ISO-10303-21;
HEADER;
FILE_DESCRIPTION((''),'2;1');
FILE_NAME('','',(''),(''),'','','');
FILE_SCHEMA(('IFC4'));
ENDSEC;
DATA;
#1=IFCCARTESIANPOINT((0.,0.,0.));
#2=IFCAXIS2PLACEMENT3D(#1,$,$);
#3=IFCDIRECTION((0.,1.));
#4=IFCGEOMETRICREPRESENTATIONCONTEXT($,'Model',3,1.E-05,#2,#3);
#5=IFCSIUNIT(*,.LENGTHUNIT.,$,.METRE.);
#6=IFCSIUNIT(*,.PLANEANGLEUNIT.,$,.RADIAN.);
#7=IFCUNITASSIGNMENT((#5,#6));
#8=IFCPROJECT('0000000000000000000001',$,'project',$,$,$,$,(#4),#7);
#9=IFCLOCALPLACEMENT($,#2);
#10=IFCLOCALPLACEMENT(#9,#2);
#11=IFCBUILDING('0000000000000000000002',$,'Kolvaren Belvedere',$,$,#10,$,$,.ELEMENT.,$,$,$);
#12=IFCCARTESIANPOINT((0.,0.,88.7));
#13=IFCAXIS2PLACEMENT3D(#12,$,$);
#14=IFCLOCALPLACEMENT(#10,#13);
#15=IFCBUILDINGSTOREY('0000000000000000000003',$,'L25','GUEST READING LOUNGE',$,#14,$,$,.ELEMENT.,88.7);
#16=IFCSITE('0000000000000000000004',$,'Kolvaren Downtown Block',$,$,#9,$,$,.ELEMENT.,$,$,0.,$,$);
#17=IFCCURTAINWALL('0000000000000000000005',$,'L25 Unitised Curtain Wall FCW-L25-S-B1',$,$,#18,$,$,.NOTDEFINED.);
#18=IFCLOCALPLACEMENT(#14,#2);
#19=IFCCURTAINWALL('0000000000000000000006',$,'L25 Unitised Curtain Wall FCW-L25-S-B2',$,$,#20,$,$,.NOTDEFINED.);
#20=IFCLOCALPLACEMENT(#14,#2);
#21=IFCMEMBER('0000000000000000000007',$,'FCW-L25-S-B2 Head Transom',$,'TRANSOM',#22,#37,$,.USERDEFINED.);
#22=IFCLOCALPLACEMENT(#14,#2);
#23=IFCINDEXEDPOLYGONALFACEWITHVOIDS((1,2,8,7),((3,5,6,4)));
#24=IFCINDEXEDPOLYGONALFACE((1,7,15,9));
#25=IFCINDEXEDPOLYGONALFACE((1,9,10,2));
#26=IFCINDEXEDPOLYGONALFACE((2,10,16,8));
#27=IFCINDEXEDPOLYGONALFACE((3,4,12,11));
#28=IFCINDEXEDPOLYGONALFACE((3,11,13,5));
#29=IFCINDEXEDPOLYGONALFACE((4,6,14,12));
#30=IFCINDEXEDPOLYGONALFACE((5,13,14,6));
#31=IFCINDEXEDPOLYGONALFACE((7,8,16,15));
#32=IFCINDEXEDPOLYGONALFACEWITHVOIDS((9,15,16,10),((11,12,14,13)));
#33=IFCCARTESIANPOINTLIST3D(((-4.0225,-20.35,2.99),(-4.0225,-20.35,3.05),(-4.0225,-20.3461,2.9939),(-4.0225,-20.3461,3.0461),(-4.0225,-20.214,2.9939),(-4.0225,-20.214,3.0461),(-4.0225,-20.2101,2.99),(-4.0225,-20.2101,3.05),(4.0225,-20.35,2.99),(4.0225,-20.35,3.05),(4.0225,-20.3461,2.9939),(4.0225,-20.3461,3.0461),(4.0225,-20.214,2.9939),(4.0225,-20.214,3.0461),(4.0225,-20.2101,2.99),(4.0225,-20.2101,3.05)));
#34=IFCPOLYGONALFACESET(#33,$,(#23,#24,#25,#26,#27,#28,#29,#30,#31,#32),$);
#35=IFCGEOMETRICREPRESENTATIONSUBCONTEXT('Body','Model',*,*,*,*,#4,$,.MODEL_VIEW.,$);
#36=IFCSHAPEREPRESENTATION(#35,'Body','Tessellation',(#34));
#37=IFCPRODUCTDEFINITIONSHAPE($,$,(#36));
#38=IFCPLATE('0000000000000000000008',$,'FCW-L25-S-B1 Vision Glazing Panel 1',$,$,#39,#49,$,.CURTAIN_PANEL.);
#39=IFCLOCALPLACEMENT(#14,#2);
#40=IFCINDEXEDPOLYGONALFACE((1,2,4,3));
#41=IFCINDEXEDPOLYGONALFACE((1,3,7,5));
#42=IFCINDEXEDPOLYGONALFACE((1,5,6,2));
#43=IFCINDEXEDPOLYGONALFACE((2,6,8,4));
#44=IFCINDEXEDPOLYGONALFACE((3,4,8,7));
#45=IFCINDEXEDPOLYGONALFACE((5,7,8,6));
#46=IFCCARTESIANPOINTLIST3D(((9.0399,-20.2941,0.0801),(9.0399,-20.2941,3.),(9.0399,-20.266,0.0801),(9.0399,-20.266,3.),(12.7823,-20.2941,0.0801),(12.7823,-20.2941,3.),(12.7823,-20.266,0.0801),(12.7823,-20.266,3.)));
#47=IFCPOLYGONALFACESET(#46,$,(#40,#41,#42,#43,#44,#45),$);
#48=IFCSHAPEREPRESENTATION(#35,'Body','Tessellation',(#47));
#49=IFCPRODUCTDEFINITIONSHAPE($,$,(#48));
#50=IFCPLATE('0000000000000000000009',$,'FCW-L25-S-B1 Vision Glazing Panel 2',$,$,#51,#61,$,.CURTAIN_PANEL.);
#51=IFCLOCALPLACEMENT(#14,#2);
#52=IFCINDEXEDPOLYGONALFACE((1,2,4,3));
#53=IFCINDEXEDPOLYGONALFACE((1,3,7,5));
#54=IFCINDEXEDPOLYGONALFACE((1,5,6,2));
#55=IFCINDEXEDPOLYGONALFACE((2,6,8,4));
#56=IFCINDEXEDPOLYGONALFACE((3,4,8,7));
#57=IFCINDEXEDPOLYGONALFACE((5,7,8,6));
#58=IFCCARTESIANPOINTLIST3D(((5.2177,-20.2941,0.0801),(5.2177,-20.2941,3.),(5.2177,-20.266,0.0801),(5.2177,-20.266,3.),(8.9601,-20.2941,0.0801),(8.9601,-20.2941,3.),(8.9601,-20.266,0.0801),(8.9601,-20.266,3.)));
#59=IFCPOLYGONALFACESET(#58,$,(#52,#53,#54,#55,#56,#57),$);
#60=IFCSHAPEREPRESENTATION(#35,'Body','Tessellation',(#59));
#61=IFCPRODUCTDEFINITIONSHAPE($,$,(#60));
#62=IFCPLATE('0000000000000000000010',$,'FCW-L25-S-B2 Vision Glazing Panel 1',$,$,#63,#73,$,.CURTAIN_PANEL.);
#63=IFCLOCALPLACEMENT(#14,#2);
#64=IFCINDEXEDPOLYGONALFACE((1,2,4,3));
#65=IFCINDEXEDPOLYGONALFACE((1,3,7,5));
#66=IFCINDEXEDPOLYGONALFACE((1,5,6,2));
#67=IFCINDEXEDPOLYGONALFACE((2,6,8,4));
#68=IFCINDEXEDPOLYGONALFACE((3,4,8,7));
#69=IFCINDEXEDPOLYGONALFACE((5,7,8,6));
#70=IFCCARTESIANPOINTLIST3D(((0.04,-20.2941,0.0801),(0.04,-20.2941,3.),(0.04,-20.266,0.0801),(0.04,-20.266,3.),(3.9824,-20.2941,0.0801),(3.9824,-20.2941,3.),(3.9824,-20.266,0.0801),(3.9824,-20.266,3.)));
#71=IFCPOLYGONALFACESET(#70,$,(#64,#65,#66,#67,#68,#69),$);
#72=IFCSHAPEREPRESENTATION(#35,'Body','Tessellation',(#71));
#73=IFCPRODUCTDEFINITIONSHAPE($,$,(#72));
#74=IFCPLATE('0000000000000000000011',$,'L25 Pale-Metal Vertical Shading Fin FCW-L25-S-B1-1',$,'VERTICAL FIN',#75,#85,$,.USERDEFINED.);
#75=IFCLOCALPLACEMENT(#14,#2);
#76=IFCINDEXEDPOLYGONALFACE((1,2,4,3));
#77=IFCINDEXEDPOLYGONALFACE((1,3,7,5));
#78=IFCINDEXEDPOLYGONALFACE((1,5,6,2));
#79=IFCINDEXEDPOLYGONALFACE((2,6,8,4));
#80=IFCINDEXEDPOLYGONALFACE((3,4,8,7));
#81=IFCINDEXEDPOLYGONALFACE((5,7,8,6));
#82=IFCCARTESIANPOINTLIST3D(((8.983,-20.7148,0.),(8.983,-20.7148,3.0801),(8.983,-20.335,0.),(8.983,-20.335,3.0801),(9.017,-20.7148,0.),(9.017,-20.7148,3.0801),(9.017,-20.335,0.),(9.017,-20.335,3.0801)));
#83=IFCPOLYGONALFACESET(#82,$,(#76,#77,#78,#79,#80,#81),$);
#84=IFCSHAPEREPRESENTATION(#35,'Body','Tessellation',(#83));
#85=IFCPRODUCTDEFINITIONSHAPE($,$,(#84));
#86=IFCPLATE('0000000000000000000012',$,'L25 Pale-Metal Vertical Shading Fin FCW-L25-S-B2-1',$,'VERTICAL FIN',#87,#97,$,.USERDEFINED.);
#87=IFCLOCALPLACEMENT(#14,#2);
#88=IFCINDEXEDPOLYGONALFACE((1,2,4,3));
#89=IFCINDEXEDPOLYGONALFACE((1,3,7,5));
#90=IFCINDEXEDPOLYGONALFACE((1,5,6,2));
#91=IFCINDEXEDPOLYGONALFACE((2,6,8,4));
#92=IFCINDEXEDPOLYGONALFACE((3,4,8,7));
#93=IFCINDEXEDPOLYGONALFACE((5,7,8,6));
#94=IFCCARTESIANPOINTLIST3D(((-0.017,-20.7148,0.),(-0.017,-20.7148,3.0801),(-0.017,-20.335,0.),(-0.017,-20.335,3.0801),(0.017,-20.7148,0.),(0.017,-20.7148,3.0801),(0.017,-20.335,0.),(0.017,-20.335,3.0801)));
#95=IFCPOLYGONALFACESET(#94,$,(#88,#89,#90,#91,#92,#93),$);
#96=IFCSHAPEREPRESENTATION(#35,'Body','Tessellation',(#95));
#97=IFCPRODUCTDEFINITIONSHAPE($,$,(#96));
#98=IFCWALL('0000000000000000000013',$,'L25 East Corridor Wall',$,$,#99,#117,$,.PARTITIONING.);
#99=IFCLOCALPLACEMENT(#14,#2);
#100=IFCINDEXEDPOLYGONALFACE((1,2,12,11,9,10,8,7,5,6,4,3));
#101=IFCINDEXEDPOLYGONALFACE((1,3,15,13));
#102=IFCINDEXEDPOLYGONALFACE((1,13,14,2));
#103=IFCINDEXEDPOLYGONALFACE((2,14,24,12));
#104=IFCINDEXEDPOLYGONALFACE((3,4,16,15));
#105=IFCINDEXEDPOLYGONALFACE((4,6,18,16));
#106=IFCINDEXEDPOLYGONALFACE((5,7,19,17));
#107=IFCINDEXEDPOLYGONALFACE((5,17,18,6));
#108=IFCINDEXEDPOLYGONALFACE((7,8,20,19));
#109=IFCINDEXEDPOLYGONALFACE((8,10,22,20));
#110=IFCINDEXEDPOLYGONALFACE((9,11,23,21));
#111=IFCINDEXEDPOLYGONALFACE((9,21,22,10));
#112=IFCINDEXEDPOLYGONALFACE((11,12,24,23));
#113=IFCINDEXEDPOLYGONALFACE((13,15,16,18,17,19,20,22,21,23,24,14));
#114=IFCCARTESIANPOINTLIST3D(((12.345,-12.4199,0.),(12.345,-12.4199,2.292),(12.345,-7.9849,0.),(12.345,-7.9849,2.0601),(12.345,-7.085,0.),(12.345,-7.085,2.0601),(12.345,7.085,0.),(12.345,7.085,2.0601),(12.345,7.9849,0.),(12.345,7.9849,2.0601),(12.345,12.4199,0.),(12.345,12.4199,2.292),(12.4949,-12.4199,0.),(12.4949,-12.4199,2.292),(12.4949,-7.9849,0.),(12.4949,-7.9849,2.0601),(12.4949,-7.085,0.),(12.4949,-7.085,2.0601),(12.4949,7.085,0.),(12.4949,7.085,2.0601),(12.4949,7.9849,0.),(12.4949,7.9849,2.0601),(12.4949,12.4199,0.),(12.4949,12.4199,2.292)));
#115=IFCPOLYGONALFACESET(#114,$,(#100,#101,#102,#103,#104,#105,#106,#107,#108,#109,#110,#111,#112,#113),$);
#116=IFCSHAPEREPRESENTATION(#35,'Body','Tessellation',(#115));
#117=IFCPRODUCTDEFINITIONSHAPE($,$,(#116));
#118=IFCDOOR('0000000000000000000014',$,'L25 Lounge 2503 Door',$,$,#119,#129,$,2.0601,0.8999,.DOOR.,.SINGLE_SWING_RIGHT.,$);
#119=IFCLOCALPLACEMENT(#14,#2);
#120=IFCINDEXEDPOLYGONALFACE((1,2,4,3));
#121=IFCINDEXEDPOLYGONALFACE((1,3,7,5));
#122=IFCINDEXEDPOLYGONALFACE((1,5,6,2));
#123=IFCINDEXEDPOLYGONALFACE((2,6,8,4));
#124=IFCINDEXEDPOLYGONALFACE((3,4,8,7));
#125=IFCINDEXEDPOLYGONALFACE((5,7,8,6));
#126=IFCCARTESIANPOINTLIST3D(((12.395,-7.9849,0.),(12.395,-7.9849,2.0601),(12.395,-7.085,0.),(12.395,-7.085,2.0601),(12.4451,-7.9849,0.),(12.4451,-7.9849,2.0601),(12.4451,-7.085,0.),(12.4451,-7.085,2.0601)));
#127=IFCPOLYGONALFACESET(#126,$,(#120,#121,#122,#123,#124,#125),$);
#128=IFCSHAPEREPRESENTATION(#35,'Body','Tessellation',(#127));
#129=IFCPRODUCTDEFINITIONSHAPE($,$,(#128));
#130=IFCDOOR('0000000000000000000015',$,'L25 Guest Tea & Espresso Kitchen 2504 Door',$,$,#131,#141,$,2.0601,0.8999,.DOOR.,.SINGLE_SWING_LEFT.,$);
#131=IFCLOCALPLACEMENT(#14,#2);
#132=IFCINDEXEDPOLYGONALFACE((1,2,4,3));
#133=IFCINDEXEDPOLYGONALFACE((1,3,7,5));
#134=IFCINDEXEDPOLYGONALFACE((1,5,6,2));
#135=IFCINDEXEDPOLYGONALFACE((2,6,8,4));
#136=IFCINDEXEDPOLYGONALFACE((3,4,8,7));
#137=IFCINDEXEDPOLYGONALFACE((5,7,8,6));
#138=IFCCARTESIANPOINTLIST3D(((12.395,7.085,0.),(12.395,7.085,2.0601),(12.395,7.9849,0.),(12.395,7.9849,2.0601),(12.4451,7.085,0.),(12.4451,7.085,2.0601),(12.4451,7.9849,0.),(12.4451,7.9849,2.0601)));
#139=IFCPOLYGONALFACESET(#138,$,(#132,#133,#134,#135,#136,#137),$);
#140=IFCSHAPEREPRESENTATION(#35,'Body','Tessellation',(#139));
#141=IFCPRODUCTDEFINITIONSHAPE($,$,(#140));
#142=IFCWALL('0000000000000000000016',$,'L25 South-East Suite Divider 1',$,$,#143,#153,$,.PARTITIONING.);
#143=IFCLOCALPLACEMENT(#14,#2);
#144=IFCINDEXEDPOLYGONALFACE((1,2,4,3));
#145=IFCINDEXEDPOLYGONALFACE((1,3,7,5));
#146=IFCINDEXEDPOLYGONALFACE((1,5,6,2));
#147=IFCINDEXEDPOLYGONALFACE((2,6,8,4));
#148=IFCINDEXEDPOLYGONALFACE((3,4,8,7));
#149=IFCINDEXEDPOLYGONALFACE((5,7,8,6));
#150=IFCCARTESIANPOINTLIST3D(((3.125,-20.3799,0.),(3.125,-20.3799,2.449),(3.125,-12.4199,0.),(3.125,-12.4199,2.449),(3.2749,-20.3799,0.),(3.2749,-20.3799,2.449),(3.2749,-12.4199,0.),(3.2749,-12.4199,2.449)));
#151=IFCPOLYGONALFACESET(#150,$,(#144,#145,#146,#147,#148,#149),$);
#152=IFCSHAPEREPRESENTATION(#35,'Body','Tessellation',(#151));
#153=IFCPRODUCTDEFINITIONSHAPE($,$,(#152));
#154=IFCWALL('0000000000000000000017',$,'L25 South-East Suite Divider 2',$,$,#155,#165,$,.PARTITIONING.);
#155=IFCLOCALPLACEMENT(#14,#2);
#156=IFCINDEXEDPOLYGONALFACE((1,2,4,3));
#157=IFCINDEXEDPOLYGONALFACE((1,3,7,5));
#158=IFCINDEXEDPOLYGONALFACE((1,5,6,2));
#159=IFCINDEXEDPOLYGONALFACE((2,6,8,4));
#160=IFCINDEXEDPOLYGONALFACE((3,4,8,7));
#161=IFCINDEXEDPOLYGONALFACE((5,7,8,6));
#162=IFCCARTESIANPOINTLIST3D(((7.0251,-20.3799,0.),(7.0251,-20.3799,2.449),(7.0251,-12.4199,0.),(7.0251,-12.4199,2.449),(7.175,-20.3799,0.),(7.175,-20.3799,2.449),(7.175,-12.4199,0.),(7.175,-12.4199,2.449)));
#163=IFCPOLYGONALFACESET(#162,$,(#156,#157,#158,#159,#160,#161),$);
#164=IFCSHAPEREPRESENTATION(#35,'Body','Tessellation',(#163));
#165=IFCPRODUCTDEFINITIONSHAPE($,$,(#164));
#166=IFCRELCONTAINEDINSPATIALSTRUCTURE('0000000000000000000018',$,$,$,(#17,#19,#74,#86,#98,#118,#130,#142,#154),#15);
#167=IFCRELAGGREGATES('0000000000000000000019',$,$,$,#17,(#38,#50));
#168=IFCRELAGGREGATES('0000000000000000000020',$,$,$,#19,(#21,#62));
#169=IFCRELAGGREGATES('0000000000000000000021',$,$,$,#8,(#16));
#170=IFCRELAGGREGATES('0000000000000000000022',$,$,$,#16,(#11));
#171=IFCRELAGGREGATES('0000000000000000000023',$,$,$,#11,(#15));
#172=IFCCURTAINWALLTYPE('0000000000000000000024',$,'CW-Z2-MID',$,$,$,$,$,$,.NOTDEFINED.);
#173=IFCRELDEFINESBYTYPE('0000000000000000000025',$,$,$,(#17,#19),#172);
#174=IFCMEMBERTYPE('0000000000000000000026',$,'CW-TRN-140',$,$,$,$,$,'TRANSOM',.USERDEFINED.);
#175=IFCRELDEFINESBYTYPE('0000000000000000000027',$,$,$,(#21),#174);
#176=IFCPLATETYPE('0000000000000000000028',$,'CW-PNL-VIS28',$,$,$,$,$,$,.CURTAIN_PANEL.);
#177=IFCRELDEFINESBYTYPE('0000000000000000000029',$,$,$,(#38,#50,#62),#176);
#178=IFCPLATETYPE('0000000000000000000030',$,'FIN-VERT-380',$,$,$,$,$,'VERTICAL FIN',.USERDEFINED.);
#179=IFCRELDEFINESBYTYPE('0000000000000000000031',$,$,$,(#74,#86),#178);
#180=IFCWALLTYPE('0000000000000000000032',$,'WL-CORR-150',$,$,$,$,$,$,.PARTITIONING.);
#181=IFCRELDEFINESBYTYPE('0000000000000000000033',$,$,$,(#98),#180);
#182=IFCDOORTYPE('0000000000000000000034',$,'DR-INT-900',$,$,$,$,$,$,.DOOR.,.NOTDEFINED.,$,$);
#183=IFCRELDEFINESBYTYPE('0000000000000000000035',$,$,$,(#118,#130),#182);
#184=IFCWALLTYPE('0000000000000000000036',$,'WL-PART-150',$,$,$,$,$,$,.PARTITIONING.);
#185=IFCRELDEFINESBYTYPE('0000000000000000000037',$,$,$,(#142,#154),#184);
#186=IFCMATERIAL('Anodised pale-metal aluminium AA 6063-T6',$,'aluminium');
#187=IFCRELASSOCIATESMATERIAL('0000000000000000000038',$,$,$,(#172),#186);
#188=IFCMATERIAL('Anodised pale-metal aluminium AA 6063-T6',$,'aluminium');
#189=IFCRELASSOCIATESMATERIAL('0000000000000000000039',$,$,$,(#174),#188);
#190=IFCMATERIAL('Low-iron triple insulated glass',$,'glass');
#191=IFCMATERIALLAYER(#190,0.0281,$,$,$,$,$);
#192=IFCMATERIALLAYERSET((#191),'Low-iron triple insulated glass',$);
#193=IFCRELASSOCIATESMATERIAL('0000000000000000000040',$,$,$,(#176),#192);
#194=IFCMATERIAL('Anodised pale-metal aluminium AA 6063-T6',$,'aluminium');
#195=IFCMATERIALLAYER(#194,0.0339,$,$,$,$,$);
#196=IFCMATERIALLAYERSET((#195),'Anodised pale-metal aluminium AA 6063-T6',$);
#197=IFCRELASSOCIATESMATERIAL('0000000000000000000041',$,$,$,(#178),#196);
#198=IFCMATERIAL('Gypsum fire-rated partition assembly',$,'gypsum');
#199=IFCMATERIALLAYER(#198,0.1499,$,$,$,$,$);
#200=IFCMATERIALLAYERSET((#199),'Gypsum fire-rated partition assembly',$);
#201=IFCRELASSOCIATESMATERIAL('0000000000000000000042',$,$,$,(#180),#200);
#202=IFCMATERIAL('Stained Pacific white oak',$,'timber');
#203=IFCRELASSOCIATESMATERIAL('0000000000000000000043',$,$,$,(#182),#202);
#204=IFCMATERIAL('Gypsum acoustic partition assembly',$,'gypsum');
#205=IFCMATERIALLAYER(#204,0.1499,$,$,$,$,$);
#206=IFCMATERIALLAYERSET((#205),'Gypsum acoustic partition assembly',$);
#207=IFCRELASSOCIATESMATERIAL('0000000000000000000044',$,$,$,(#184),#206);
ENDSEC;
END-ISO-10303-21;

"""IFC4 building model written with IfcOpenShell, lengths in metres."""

from ifc_helpers import new_model, si_unit, direction, frame, frame_2d, origin, origin_2d, place, context, subcontext, project, spatial, rectangle, hollow_rectangle, extrude, material, layer, layer_set, material_profile, profile_set, type_object, element, fill, aggregate, save


model = new_model("IFC4")

# Units and contexts
model_context = context("Model", 3, precision=1e-05, world=origin(), true_north=direction((0.0, 1.0)))
body_context = subcontext(model_context, "Body", "Model", "MODEL_VIEW")
ifc_project = project(units=[si_unit("LENGTHUNIT", "METRE"), si_unit("PLANEANGLEUNIT", "RADIAN")], contexts=[model_context])

# Site, building, storey
site_placement = place(None, origin())
site = spatial("IfcSite", under=ifc_project, at=site_placement, Name="Kolvaren Downtown Block", CompositionType="ELEMENT", RefElevation=0.0)
building_placement = place(site_placement, origin())
building = spatial("IfcBuilding", under=site, at=building_placement, Name="Kolvaren Belvedere", CompositionType="ELEMENT")
storey_placement = place(building_placement, frame((0.0, 0.0, 88.7)))
storey = spatial("IfcBuildingStorey", under=building, at=storey_placement, Name="L25", Description="GUEST READING LOUNGE", CompositionType="ELEMENT", Elevation=88.7)

# Curtain walls, member
ifc_material_1 = material(Name="Anodised pale-metal aluminium AA 6063-T6", Category="aluminium")
curtain_wall_type = type_object("IfcCurtainWallType", Name="CW-Z2-MID", PredefinedType="NOTDEFINED", material=ifc_material_1)
curtain_wall_1_placement = place(storey_placement, origin())
curtain_wall_1 = element("IfcCurtainWall", 1, at=curtain_wall_1_placement, inside=storey, type_object=curtain_wall_type, Name="L25 Unitised Curtain Wall FCW-L25-S-B1", PredefinedType="NOTDEFINED")
curtain_wall_2_placement = place(storey_placement, origin())
curtain_wall_2 = element("IfcCurtainWall", 2, at=curtain_wall_2_placement, inside=storey, type_object=curtain_wall_type, Name="L25 Unitised Curtain Wall FCW-L25-S-B2", PredefinedType="NOTDEFINED")
ifc_material_2 = material(Name="Anodised pale-metal aluminium AA 6063-T6", Category="aluminium")
ifc_material_profile_1 = material_profile(ifc_material_2, hollow_rectangle(XDim=0.0601, YDim=0.1399, WallThickness=0.0039, at=origin_2d()), Name="ALU-TRN-140X60")
ifc_profile_set_1 = profile_set([ifc_material_profile_1], Name="Anodised pale-metal aluminium AA 6063-T6")
member_type_1 = type_object("IfcMemberType", Name="CW-TRN-140", ElementType="TRANSOM", PredefinedType="USERDEFINED", material=ifc_profile_set_1)
member_1_placement = place(storey_placement, frame((4.0225, -20.28, 3.02), z_axis=(-1.0, 0.0, 0.0), x_axis=(0.0, 0.0, 1.0)))
member_1 = element("IfcMember", 3, at=member_1_placement, type_object=member_type_1, Name="FCW-L25-S-B2 Head Transom", ObjectType="TRANSOM", PredefinedType="USERDEFINED", context=body_context, shape_type="SweptSolid", body=[
    extrude(hollow_rectangle(XDim=0.0601, YDim=0.1399, WallThickness=0.0039, at=origin_2d()), origin(), (0.0, 0.0, 1.0), 8.0449),
])

# Plates
ifc_material_3 = material(Name="Low-iron triple insulated glass", Category="glass")
ifc_layer_1 = layer(ifc_material_3, 0.0281)
ifc_layer_set_1 = layer_set([ifc_layer_1], Name="Low-iron triple insulated glass")
plate_type_1 = type_object("IfcPlateType", Name="CW-PNL-VIS28", PredefinedType="CURTAIN_PANEL", material=ifc_layer_set_1)
plate_1_placement = place(storey_placement, frame((10.9111, -20.28, 0.0801), z_axis=(0.0, 0.0, 1.0), x_axis=(-1.0, 0.0, 0.0)))
plate_1 = element("IfcPlate", 4, at=plate_1_placement, type_object=plate_type_1, Name="FCW-L25-S-B1 Vision Glazing Panel 1", PredefinedType="CURTAIN_PANEL", context=body_context, shape_type="SweptSolid", body=[
    extrude(rectangle(XDim=3.7424, YDim=0.0281, at=origin_2d()), origin(), (0.0, 0.0, 1.0), 2.9199),
])
plate_2_placement = place(storey_placement, frame((7.0889, -20.28, 0.0801), z_axis=(0.0, 0.0, 1.0), x_axis=(-1.0, 0.0, 0.0)))
plate_2 = element("IfcPlate", 5, at=plate_2_placement, type_object=plate_type_1, Name="FCW-L25-S-B1 Vision Glazing Panel 2", PredefinedType="CURTAIN_PANEL", context=body_context, shape_type="SweptSolid", body=[
    extrude(rectangle(XDim=3.7424, YDim=0.0281, at=origin_2d()), origin(), (0.0, 0.0, 1.0), 2.9199),
])
aggregate(curtain_wall_1, [plate_1, plate_2])
plate_3_placement = place(storey_placement, frame((2.0112, -20.28, 0.0801), z_axis=(0.0, 0.0, 1.0), x_axis=(-1.0, 0.0, 0.0)))
plate_3 = element("IfcPlate", 6, at=plate_3_placement, type_object=plate_type_1, Name="FCW-L25-S-B2 Vision Glazing Panel 1", PredefinedType="CURTAIN_PANEL", context=body_context, shape_type="SweptSolid", body=[
    extrude(rectangle(XDim=3.9424, YDim=0.0281, at=origin_2d()), origin(), (0.0, 0.0, 1.0), 2.9199),
])
aggregate(curtain_wall_2, [member_1, plate_3])

# Plates
ifc_material_4 = material(Name="Anodised pale-metal aluminium AA 6063-T6", Category="aluminium")
ifc_layer_2 = layer(ifc_material_4, 0.0339)
ifc_layer_set_2 = layer_set([ifc_layer_2], Name="Anodised pale-metal aluminium AA 6063-T6")
plate_type_2 = type_object("IfcPlateType", Name="FIN-VERT-380", ElementType="VERTICAL FIN", PredefinedType="USERDEFINED", material=ifc_layer_set_2)
for number, where, z_axis, x_axis, name in (
    (7, (9.0, -20.5249, 0.0), (0.0, 0.0, 1.0), (0.0, 1.0, 0.0), "L25 Pale-Metal Vertical Shading Fin FCW-L25-S-B1-1"),
    (8, (0.0, -20.5249, 0.0), (0.0, 0.0, 1.0), (0.0, 1.0, 0.0), "L25 Pale-Metal Vertical Shading Fin FCW-L25-S-B2-1"),
):
    element("IfcPlate", number, at=place(storey_placement, frame(where, z_axis=z_axis, x_axis=x_axis)), inside=storey, type_object=plate_type_2, Name=name, ObjectType="VERTICAL FIN", PredefinedType="USERDEFINED", context=body_context, shape_type="SweptSolid", body=[
        extrude(rectangle(XDim=0.3799, YDim=0.0339, at=origin_2d()), origin(), (0.0, 0.0, 1.0), 3.0801),
    ])

# Wall, openings, doors
ifc_material_5 = material(Name="Gypsum fire-rated partition assembly", Category="gypsum")
ifc_layer_3 = layer(ifc_material_5, 0.1499)
ifc_layer_set_3 = layer_set([ifc_layer_3], Name="Gypsum fire-rated partition assembly")
wall_type_1 = type_object("IfcWallType", Name="WL-CORR-150", PredefinedType="PARTITIONING", material=ifc_layer_set_3)
wall_1_placement = place(storey_placement, frame((12.4199, -12.4199, 0.0), z_axis=(0.0, 0.0, 1.0), x_axis=(0.0, 1.0, 0.0)))
wall_1 = element("IfcWall", 9, at=wall_1_placement, inside=storey, type_object=wall_type_1, Name="L25 East Corridor Wall", PredefinedType="PARTITIONING", context=body_context, shape_type="SweptSolid", body=[
    extrude(rectangle(XDim=24.8398, YDim=0.1499, at=frame_2d((12.4199, 0.0))), origin(), (0.0, 0.0, 1.0), 2.292),
])
opening_1_placement = place(wall_1_placement, frame((4.4351, 0.0, 0.0)))
opening_1 = element("IfcOpeningElement", 10, at=opening_1_placement, cuts=wall_1, PredefinedType="OPENING", context=body_context, shape_type="SweptSolid", body=[
    extrude(rectangle(XDim=0.8999, YDim=2.0601, at=frame_2d((0.45, 1.03))), frame((0.0, 0.085, 0.0), z_axis=(0.0, -1.0, 0.0), x_axis=(1.0, 0.0, 0.0)), (0.0, 0.0, 1.0), 0.1699),
])
opening_2_placement = place(wall_1_placement, frame((19.5049, 0.0, 0.0)))
opening_2 = element("IfcOpeningElement", 11, at=opening_2_placement, cuts=wall_1, PredefinedType="OPENING", context=body_context, shape_type="SweptSolid", body=[
    extrude(rectangle(XDim=0.8999, YDim=2.0601, at=frame_2d((0.45, 1.03))), frame((0.0, 0.085, 0.0), z_axis=(0.0, -1.0, 0.0), x_axis=(1.0, 0.0, 0.0)), (0.0, 0.0, 1.0), 0.1699),
])
ifc_material_6 = material(Name="Stained Pacific white oak", Category="timber")
door_type_1 = type_object("IfcDoorType", Name="DR-INT-900", OperationType="NOTDEFINED", PredefinedType="DOOR", material=ifc_material_6)
door_1_placement = place(opening_1_placement, origin())
door_1 = element("IfcDoor", 12, at=door_1_placement, inside=storey, type_object=door_type_1, Name="L25 Lounge 2503 Door", OperationType="SINGLE_SWING_RIGHT", OverallHeight=2.0601, OverallWidth=0.8999, PredefinedType="DOOR", context=body_context, shape_type="SweptSolid", body=[
    extrude(rectangle(XDim=0.8999, YDim=2.0601, at=frame_2d((0.45, 1.03))), frame((0.0, 0.0249, 0.0), z_axis=(0.0, -1.0, 0.0), x_axis=(1.0, 0.0, 0.0)), (0.0, 0.0, 1.0), 0.05),
])
fill(opening_1, door_1)
door_2_placement = place(opening_2_placement, origin())
door_2 = element("IfcDoor", 13, at=door_2_placement, inside=storey, type_object=door_type_1, Name="L25 Guest Tea & Espresso Kitchen 2504 Door", OperationType="SINGLE_SWING_LEFT", OverallHeight=2.0601, OverallWidth=0.8999, PredefinedType="DOOR", context=body_context, shape_type="SweptSolid", body=[
    extrude(rectangle(XDim=0.8999, YDim=2.0601, at=frame_2d((0.45, 1.03))), frame((0.0, 0.0249, 0.0), z_axis=(0.0, -1.0, 0.0), x_axis=(1.0, 0.0, 0.0)), (0.0, 0.0, 1.0), 0.05),
])
fill(opening_2, door_2)

# Walls
ifc_material_7 = material(Name="Gypsum acoustic partition assembly", Category="gypsum")
ifc_layer_4 = layer(ifc_material_7, 0.1499)
ifc_layer_set_4 = layer_set([ifc_layer_4], Name="Gypsum acoustic partition assembly")
wall_type_2 = type_object("IfcWallType", Name="WL-PART-150", PredefinedType="PARTITIONING", material=ifc_layer_set_4)
for number, where, z_axis, x_axis, name in (
    (14, (3.2, -20.3799, 0.0), (0.0, 0.0, 1.0), (0.0, 1.0, 0.0), "L25 South-East Suite Divider 1"),
    (15, (7.1001, -20.3799, 0.0), (0.0, 0.0, 1.0), (0.0, 1.0, 0.0), "L25 South-East Suite Divider 2"),
):
    element("IfcWall", number, at=place(storey_placement, frame(where, z_axis=z_axis, x_axis=x_axis)), inside=storey, type_object=wall_type_2, Name=name, PredefinedType="PARTITIONING", context=body_context, shape_type="SweptSolid", body=[
        extrude(rectangle(XDim=7.96, YDim=0.1499, at=frame_2d((3.98, 0.0))), origin(), (0.0, 0.0, 1.0), 2.449),
    ])

save(model, "model.ifc")
